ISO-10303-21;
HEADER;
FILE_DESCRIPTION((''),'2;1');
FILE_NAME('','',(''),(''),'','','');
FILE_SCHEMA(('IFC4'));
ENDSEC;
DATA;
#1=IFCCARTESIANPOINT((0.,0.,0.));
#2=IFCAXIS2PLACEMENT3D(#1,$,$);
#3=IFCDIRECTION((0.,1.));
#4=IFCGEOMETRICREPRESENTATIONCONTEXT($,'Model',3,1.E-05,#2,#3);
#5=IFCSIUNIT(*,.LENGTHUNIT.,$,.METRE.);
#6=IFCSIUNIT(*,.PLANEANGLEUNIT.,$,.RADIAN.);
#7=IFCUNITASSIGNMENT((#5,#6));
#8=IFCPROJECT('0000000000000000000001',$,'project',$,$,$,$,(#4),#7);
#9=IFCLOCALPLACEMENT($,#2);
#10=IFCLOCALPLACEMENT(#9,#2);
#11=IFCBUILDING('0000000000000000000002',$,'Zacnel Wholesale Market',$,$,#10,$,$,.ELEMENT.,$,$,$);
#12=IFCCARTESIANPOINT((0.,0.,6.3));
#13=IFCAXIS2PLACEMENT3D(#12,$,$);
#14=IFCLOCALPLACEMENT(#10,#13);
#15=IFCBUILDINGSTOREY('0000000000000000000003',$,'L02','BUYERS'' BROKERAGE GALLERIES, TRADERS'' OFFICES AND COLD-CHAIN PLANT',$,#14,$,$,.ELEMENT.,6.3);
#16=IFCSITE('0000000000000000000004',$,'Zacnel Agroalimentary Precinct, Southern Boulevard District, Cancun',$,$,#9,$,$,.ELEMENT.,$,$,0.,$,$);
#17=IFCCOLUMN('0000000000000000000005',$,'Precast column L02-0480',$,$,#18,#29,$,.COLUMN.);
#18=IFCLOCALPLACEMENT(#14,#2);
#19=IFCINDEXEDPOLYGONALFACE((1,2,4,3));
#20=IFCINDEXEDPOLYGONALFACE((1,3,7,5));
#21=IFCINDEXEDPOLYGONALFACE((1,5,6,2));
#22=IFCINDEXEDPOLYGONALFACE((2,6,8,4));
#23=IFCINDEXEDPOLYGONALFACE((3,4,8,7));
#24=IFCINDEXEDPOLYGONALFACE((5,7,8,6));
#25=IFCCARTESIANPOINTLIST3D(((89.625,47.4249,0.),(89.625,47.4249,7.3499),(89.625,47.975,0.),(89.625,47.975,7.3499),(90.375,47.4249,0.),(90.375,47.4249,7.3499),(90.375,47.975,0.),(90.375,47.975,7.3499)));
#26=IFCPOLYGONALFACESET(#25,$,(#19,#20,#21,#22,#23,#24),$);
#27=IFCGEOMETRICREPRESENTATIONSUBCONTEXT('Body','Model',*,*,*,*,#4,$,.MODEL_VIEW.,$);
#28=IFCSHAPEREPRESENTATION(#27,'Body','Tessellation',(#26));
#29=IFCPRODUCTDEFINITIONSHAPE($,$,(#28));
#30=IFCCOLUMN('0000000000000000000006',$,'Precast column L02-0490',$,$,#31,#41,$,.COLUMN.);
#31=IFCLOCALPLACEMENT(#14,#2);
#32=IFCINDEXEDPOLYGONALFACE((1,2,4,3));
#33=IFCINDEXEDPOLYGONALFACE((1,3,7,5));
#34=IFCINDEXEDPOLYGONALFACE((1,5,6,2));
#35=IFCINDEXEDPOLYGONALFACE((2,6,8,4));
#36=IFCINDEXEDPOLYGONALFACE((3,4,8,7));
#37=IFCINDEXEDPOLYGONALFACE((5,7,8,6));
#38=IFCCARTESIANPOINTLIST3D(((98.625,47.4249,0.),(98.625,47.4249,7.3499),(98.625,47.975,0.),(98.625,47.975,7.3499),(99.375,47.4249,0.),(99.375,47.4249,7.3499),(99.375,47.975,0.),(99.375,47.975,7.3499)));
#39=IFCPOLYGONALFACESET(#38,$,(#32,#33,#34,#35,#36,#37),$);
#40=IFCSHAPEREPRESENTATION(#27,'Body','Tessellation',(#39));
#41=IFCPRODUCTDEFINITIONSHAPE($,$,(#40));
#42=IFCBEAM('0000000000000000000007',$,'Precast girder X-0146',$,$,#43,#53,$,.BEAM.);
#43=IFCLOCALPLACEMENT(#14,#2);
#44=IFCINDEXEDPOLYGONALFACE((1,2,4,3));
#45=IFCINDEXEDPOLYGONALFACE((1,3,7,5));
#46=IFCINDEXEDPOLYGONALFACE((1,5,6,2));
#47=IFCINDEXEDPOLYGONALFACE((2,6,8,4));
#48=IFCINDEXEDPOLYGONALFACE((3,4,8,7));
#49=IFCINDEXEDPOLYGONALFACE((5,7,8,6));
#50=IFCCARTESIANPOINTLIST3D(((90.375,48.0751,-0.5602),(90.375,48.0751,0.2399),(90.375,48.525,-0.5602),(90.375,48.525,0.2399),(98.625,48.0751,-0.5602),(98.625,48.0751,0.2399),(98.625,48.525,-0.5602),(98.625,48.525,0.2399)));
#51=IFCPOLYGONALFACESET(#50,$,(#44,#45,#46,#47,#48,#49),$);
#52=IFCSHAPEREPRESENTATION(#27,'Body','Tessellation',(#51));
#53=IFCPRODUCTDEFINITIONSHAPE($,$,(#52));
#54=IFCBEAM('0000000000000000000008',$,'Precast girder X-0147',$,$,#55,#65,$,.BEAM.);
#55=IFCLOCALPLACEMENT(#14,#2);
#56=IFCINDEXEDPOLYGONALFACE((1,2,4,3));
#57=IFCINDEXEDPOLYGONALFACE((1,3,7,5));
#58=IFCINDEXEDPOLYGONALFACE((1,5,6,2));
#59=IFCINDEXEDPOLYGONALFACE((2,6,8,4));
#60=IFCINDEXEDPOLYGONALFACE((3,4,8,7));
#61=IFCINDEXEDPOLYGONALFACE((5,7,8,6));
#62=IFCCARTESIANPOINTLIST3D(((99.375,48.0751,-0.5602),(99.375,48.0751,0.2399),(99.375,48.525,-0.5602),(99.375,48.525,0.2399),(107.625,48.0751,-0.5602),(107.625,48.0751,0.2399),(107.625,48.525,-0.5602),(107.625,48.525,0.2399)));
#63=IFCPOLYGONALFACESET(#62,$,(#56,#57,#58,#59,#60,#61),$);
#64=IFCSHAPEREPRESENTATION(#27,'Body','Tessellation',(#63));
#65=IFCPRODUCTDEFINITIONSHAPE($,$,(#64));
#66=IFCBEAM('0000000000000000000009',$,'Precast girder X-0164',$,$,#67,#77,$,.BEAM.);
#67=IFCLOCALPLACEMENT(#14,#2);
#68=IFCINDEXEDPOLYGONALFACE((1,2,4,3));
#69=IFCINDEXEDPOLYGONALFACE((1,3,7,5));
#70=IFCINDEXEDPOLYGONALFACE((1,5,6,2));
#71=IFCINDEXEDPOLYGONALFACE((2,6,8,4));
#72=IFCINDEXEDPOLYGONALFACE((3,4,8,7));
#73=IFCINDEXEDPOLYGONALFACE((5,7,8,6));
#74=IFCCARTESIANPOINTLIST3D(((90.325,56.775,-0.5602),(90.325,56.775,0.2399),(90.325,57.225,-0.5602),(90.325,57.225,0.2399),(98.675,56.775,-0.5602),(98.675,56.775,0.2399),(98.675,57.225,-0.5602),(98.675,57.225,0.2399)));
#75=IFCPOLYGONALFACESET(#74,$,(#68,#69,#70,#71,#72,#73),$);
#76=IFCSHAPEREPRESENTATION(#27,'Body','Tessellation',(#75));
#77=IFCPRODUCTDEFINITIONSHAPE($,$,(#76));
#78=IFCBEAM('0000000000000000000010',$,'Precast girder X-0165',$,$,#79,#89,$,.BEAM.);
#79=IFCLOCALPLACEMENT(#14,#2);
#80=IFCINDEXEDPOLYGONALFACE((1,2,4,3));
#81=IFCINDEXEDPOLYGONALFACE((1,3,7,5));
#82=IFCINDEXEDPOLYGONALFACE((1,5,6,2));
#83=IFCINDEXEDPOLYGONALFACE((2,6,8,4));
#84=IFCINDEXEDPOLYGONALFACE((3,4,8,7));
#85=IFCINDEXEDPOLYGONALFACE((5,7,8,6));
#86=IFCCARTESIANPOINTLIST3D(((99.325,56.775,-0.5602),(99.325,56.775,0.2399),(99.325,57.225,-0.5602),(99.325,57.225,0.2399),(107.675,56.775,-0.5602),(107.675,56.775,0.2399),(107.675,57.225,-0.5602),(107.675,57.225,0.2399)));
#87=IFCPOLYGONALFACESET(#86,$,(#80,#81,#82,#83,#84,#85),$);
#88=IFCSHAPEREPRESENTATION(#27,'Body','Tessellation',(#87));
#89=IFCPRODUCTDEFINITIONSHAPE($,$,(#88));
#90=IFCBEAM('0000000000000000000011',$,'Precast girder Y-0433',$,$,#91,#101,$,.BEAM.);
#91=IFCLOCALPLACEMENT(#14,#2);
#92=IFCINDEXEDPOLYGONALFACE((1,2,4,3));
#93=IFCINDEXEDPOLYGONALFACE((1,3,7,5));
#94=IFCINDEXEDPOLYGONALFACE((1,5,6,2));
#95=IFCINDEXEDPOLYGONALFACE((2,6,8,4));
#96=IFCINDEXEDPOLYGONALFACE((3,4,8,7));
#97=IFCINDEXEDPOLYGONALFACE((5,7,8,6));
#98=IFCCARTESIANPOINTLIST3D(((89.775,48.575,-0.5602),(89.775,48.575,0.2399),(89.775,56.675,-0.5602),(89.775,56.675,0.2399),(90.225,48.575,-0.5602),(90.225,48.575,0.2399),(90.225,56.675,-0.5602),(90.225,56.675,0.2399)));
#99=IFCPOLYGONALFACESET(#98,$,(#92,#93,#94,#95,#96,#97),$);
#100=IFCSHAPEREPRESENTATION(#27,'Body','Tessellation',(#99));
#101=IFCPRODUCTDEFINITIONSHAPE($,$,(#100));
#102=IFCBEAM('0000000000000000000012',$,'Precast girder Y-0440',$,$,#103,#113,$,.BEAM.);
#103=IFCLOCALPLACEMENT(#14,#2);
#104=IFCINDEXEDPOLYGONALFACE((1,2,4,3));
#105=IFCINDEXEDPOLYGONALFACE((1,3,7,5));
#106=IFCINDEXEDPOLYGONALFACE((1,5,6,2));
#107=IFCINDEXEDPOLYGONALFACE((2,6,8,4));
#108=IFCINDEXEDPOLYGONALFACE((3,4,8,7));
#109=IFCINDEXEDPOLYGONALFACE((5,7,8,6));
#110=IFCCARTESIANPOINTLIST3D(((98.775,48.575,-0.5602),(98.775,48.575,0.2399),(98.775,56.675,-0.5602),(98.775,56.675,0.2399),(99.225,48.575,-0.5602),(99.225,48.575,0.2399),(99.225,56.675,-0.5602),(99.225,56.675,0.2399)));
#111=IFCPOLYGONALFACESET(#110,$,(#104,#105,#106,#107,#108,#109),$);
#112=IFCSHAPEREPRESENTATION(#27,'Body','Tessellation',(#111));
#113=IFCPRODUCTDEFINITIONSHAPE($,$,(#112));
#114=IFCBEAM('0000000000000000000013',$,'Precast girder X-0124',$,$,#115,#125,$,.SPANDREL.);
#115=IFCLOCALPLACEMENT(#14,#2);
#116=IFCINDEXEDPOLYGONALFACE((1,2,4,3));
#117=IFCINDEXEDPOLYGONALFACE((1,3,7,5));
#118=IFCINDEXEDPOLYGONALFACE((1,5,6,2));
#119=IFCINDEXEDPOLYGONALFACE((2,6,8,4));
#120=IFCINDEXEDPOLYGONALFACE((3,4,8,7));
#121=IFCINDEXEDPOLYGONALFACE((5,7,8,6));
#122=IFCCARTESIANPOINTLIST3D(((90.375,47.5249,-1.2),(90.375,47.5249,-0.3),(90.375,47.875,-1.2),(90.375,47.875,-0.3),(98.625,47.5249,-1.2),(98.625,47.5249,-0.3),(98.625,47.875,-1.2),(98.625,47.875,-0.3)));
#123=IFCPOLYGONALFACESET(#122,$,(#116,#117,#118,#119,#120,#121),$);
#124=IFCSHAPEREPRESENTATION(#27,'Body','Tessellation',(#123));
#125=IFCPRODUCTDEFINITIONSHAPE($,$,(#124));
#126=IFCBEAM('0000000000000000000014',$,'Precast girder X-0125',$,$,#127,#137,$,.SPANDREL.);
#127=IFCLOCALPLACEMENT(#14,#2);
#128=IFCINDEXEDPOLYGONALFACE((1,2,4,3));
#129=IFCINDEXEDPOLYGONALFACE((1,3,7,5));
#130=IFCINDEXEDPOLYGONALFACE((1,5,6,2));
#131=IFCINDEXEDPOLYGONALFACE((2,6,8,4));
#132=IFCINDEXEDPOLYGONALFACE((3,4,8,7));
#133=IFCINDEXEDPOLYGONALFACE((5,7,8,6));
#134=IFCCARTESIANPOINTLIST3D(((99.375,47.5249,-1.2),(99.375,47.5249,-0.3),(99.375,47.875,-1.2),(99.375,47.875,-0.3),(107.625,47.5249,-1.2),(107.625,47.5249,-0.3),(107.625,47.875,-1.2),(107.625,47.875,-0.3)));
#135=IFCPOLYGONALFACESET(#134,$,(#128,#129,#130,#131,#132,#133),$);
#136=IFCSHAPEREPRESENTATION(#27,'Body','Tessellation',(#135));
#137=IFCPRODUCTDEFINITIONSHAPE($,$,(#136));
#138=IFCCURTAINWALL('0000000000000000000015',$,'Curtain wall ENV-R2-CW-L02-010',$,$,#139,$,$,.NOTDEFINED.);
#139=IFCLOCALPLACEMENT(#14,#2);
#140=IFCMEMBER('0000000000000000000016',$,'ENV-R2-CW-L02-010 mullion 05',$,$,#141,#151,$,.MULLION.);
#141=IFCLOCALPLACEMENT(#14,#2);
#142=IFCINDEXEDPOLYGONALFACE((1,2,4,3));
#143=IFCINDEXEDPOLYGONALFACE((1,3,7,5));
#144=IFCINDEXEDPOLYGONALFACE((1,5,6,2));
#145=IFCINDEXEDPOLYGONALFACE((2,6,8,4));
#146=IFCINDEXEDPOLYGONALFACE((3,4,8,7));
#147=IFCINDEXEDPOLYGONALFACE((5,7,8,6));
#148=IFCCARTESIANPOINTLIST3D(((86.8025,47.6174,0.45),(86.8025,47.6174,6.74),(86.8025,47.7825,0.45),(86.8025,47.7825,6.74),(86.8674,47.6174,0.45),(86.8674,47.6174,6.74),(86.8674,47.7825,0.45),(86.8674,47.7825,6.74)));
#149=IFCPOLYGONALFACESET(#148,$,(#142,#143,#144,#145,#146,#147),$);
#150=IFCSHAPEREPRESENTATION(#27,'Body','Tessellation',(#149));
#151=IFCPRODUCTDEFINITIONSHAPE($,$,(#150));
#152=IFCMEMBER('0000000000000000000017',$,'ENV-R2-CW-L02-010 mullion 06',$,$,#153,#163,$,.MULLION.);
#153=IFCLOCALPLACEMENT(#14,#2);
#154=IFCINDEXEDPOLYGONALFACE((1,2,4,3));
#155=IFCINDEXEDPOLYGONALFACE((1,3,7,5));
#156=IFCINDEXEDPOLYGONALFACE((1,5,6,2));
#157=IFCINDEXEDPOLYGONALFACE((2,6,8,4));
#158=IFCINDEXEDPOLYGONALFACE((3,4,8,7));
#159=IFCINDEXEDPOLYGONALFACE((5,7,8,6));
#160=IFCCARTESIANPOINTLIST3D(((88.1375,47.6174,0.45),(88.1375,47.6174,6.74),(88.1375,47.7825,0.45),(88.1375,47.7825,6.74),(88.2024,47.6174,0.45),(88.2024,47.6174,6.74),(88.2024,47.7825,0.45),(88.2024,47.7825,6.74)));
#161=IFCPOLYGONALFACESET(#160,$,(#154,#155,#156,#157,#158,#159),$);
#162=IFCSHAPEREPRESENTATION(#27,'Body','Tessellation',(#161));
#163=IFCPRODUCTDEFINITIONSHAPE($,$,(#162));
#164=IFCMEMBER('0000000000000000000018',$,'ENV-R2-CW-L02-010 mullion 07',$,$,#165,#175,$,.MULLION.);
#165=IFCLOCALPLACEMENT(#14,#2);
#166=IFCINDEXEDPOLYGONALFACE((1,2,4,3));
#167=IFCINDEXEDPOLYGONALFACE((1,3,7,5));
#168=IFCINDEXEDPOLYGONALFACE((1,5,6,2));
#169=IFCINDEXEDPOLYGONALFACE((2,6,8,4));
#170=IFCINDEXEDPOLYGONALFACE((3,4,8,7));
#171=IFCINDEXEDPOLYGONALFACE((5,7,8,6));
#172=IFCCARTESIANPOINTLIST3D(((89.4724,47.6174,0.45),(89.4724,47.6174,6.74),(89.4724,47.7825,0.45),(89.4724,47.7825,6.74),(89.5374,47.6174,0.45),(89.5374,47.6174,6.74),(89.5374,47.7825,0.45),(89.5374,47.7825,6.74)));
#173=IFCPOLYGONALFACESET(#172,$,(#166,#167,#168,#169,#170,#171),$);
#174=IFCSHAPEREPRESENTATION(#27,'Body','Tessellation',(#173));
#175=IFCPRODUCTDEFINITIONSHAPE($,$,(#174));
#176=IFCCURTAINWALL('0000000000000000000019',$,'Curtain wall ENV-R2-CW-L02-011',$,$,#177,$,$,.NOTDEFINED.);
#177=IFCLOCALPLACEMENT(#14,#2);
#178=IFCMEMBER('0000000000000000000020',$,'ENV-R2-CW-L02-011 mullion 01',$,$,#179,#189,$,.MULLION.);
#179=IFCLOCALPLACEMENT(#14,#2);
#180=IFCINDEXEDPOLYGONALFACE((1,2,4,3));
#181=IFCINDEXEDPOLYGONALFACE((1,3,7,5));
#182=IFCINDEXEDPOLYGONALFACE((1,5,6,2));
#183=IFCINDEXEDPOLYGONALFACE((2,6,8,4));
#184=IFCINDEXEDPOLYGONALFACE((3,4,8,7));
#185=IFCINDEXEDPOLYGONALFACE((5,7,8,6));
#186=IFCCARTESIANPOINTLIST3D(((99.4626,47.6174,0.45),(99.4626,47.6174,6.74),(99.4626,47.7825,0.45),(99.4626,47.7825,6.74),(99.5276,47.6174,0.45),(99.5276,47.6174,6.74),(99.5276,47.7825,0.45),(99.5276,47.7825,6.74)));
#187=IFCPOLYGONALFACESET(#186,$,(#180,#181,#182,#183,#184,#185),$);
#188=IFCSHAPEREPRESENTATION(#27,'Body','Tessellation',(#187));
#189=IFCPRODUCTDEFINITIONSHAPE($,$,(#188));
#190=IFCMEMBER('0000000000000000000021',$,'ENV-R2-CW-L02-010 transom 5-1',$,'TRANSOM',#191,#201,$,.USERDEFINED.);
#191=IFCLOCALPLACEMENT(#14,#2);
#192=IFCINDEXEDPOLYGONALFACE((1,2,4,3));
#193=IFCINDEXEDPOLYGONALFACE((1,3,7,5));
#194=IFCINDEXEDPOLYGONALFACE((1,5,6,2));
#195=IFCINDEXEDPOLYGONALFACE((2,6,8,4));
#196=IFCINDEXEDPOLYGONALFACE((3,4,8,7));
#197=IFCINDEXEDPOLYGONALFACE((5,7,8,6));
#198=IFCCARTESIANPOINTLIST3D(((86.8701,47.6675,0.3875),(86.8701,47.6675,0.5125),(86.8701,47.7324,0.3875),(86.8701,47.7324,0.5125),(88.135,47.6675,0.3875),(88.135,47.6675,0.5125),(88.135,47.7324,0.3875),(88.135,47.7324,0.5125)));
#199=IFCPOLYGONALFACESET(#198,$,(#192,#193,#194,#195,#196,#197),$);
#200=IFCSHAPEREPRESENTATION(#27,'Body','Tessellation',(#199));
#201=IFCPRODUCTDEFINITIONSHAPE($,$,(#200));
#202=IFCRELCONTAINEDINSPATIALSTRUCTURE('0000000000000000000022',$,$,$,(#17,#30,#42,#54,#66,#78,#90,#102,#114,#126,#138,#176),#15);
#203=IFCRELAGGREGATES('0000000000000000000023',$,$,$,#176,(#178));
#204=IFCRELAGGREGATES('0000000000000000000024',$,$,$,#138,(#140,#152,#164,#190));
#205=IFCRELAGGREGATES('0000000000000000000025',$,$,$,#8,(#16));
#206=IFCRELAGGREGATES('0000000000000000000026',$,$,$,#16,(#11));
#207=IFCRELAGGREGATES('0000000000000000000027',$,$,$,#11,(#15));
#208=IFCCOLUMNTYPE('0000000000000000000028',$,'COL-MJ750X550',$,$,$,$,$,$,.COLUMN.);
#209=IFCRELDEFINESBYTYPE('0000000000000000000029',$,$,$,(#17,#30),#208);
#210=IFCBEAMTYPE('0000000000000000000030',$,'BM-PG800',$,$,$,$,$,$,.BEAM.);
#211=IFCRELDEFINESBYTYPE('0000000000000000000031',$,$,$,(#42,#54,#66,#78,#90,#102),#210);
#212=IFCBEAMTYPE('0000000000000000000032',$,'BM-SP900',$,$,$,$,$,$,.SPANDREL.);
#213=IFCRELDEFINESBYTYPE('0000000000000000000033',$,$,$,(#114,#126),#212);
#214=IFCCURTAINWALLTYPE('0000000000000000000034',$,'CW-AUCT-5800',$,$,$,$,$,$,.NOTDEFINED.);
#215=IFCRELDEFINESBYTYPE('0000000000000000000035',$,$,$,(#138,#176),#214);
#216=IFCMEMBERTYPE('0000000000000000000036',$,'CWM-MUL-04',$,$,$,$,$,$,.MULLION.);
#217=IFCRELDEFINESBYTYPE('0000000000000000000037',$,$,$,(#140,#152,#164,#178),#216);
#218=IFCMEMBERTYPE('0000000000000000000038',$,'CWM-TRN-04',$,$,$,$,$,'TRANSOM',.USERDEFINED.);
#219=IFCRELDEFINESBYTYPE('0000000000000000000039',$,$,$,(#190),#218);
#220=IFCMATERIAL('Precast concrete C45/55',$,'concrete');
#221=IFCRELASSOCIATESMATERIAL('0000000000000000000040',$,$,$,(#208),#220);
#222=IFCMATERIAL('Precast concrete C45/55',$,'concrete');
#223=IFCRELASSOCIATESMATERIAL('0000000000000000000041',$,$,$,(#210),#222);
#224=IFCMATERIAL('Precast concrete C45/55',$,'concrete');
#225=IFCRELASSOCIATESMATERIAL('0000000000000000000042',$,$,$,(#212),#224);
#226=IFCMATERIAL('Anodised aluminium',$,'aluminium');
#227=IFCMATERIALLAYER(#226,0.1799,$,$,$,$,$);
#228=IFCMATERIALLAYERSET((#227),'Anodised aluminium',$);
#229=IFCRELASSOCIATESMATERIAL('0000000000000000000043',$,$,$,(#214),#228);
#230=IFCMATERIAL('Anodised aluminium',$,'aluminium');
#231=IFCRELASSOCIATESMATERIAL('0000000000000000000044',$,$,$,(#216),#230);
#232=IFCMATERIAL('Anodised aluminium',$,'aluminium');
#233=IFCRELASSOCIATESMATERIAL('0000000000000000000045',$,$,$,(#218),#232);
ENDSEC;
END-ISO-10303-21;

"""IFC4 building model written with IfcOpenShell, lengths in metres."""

from ifc_helpers import new_model, si_unit, direction, frame, origin, origin_2d, place, context, subcontext, project, spatial, rectangle, extrude, material, layer, layer_set, material_profile, profile_set, type_object, element, aggregate, save


model = new_model("IFC4")

# Units and contexts
model_context = context("Model", 3, precision=1e-05, world=origin(), true_north=direction((0.0, 1.0)))
body_context = subcontext(model_context, "Body", "Model", "MODEL_VIEW")
ifc_project = project(units=[si_unit("LENGTHUNIT", "METRE"), si_unit("PLANEANGLEUNIT", "RADIAN")], contexts=[model_context])

# Site, building, storey
site_placement = place(None, origin())
site = spatial("IfcSite", under=ifc_project, at=site_placement, Name="Zacnel Agroalimentary Precinct, Southern Boulevard District, Cancun", CompositionType="ELEMENT", RefElevation=0.0)
building_placement = place(site_placement, origin())
building = spatial("IfcBuilding", under=site, at=building_placement, Name="Zacnel Wholesale Market", CompositionType="ELEMENT")
storey_placement = place(building_placement, frame((0.0, 0.0, 6.3)))
storey = spatial("IfcBuildingStorey", under=building, at=storey_placement, Name="L02", Description="BUYERS' BROKERAGE GALLERIES, TRADERS' OFFICES AND COLD-CHAIN PLANT", CompositionType="ELEMENT", Elevation=6.3)

# Columns
ifc_material_1 = material(Name="Precast concrete C45/55", Category="concrete")
ifc_material_profile_1 = material_profile(ifc_material_1, rectangle(XDim=0.75, YDim=0.55, at=origin_2d()), Name="PC 750x550")
ifc_profile_set_1 = profile_set([ifc_material_profile_1], Name="Precast concrete C45/55")
column_type = type_object("IfcColumnType", Name="COL-MJ750X550", PredefinedType="COLUMN", material=ifc_profile_set_1)
for number, where, z_axis, x_axis, name in (
    (1, (90.0, 47.7, 0.0), (0.0, 0.0, 1.0), (1.0, 0.0, 0.0), "Precast column L02-0480"),
    (2, (99.0, 47.7, 0.0), (0.0, 0.0, 1.0), (1.0, 0.0, 0.0), "Precast column L02-0490"),
):
    element("IfcColumn", number, at=place(storey_placement, frame(where, z_axis=z_axis, x_axis=x_axis)), inside=storey, type_object=column_type, Name=name, PredefinedType="COLUMN", context=body_context, shape_type="SweptSolid", body=[
        extrude(rectangle(XDim=0.75, YDim=0.55, at=origin_2d()), origin(), (0.0, 0.0, 1.0), 7.3499),
    ])

# Beams
ifc_material_2 = material(Name="Precast concrete C45/55", Category="concrete")
ifc_material_profile_2 = material_profile(ifc_material_2, rectangle(XDim=0.45, YDim=0.8, at=origin_2d()), Name="PG 450x800")
ifc_profile_set_2 = profile_set([ifc_material_profile_2], Name="Precast concrete C45/55")
beam_type_1 = type_object("IfcBeamType", Name="BM-PG800", PredefinedType="BEAM", material=ifc_profile_set_2)
for number, where, z_axis, x_axis, name in (
    (3, (90.375, 48.3, -0.1602), (1.0, 0.0, 0.0), (0.0, 1.0, 0.0), "Precast girder X-0146"),
    (4, (99.375, 48.3, -0.1602), (1.0, 0.0, 0.0), (0.0, 1.0, 0.0), "Precast girder X-0147"),
):
    element("IfcBeam", number, at=place(storey_placement, frame(where, z_axis=z_axis, x_axis=x_axis)), inside=storey, type_object=beam_type_1, Name=name, PredefinedType="BEAM", context=body_context, shape_type="SweptSolid", body=[
        extrude(rectangle(XDim=0.45, YDim=0.8, at=origin_2d()), origin(), (0.0, 0.0, 1.0), 8.25),
    ])
for number, where, z_axis, x_axis, name in (
    (5, (90.325, 57.0, -0.1602), (1.0, 0.0, 0.0), (0.0, 1.0, 0.0), "Precast girder X-0164"),
    (6, (99.325, 57.0, -0.1602), (1.0, 0.0, 0.0), (0.0, 1.0, 0.0), "Precast girder X-0165"),
):
    element("IfcBeam", number, at=place(storey_placement, frame(where, z_axis=z_axis, x_axis=x_axis)), inside=storey, type_object=beam_type_1, Name=name, PredefinedType="BEAM", context=body_context, shape_type="SweptSolid", body=[
        extrude(rectangle(XDim=0.45, YDim=0.8, at=origin_2d()), origin(), (0.0, 0.0, 1.0), 8.3501),
    ])
for number, where, z_axis, x_axis, name in (
    (7, (90.0, 48.575, -0.1602), (0.0, 1.0, 0.0), (-1.0, 0.0, 0.0), "Precast girder Y-0433"),
    (8, (99.0, 48.575, -0.1602), (0.0, 1.0, 0.0), (-1.0, 0.0, 0.0), "Precast girder Y-0440"),
):
    element("IfcBeam", number, at=place(storey_placement, frame(where, z_axis=z_axis, x_axis=x_axis)), inside=storey, type_object=beam_type_1, Name=name, PredefinedType="BEAM", context=body_context, shape_type="SweptSolid", body=[
        extrude(rectangle(XDim=0.45, YDim=0.8, at=origin_2d()), origin(), (0.0, 0.0, 1.0), 8.1001),
    ])
ifc_material_3 = material(Name="Precast concrete C45/55", Category="concrete")
ifc_material_profile_3 = material_profile(ifc_material_3, rectangle(XDim=0.3501, YDim=0.8999, at=origin_2d()), Name="SP 350x900")
ifc_profile_set_3 = profile_set([ifc_material_profile_3], Name="Precast concrete C45/55")
beam_type_2 = type_object("IfcBeamType", Name="BM-SP900", PredefinedType="SPANDREL", material=ifc_profile_set_3)
for number, where, z_axis, x_axis, name in (
    (9, (90.375, 47.7, -0.75), (1.0, 0.0, 0.0), (0.0, 1.0, 0.0), "Precast girder X-0124"),
    (10, (99.375, 47.7, -0.75), (1.0, 0.0, 0.0), (0.0, 1.0, 0.0), "Precast girder X-0125"),
):
    element("IfcBeam", number, at=place(storey_placement, frame(where, z_axis=z_axis, x_axis=x_axis)), inside=storey, type_object=beam_type_2, Name=name, PredefinedType="SPANDREL", context=body_context, shape_type="SweptSolid", body=[
        extrude(rectangle(XDim=0.3501, YDim=0.8999, at=origin_2d()), origin(), (0.0, 0.0, 1.0), 8.25),
    ])

# Curtain wall, members
ifc_material_4 = material(Name="Anodised aluminium", Category="aluminium")
ifc_layer_1 = layer(ifc_material_4, 0.1799)
ifc_layer_set_1 = layer_set([ifc_layer_1], Name="Anodised aluminium")
curtain_wall_type = type_object("IfcCurtainWallType", Name="CW-AUCT-5800", PredefinedType="NOTDEFINED", material=ifc_layer_set_1)
curtain_wall_1_placement = place(storey_placement, origin())
curtain_wall_1 = element("IfcCurtainWall", 11, at=curtain_wall_1_placement, inside=storey, type_object=curtain_wall_type, Name="Curtain wall ENV-R2-CW-L02-010", PredefinedType="NOTDEFINED")
ifc_material_5 = material(Name="Anodised aluminium", Category="aluminium")
ifc_material_profile_4 = material_profile(ifc_material_5, rectangle(XDim=0.0649, YDim=0.165, at=origin_2d()), Name="AW-MULLION 65x165")
ifc_profile_set_4 = profile_set([ifc_material_profile_4], Name="Anodised aluminium")
member_type_1 = type_object("IfcMemberType", Name="CWM-MUL-04", PredefinedType="MULLION", material=ifc_profile_set_4)
member_1_placement = place(storey_placement, frame((86.835, 47.7, 0.45), z_axis=(0.0, 0.0, 1.0), x_axis=(1.0, 0.0, 0.0)))
member_1 = element("IfcMember", 12, at=member_1_placement, type_object=member_type_1, Name="ENV-R2-CW-L02-010 mullion 05", PredefinedType="MULLION", context=body_context, shape_type="SweptSolid", body=[
    extrude(rectangle(XDim=0.0649, YDim=0.165, at=origin_2d()), origin(), (0.0, 0.0, 1.0), 6.29),
])
member_2_placement = place(storey_placement, frame((88.1699, 47.7, 0.45), z_axis=(0.0, 0.0, 1.0), x_axis=(1.0, 0.0, 0.0)))
member_2 = element("IfcMember", 13, at=member_2_placement, type_object=member_type_1, Name="ENV-R2-CW-L02-010 mullion 06", PredefinedType="MULLION", context=body_context, shape_type="SweptSolid", body=[
    extrude(rectangle(XDim=0.0649, YDim=0.165, at=origin_2d()), origin(), (0.0, 0.0, 1.0), 6.29),
])
member_3_placement = place(storey_placement, frame((89.5049, 47.7, 0.45), z_axis=(0.0, 0.0, 1.0), x_axis=(1.0, 0.0, 0.0)))
member_3 = element("IfcMember", 14, at=member_3_placement, type_object=member_type_1, Name="ENV-R2-CW-L02-010 mullion 07", PredefinedType="MULLION", context=body_context, shape_type="SweptSolid", body=[
    extrude(rectangle(XDim=0.0649, YDim=0.165, at=origin_2d()), origin(), (0.0, 0.0, 1.0), 6.29),
])

# Curtain wall, member
curtain_wall_2_placement = place(storey_placement, origin())
curtain_wall_2 = element("IfcCurtainWall", 15, at=curtain_wall_2_placement, inside=storey, type_object=curtain_wall_type, Name="Curtain wall ENV-R2-CW-L02-011", PredefinedType="NOTDEFINED")
member_4_placement = place(storey_placement, frame((99.4951, 47.7, 0.45), z_axis=(0.0, 0.0, 1.0), x_axis=(1.0, 0.0, 0.0)))
member_4 = element("IfcMember", 16, at=member_4_placement, type_object=member_type_1, Name="ENV-R2-CW-L02-011 mullion 01", PredefinedType="MULLION", context=body_context, shape_type="SweptSolid", body=[
    extrude(rectangle(XDim=0.0649, YDim=0.165, at=origin_2d()), origin(), (0.0, 0.0, 1.0), 6.29),
])
aggregate(curtain_wall_2, [member_4])

# Member
ifc_material_6 = material(Name="Anodised aluminium", Category="aluminium")
ifc_material_profile_5 = material_profile(ifc_material_6, rectangle(XDim=0.0649, YDim=0.125, at=origin_2d()), Name="AW-TRANSOM 65x125")
ifc_profile_set_5 = profile_set([ifc_material_profile_5], Name="Anodised aluminium")
member_type_2 = type_object("IfcMemberType", Name="CWM-TRN-04", ElementType="TRANSOM", PredefinedType="USERDEFINED", material=ifc_profile_set_5)
member_5_placement = place(storey_placement, frame((86.8701, 47.7, 0.45), z_axis=(1.0, 0.0, 0.0), x_axis=(0.0, 1.0, 0.0)))
member_5 = element("IfcMember", 17, at=member_5_placement, type_object=member_type_2, Name="ENV-R2-CW-L02-010 transom 5-1", ObjectType="TRANSOM", PredefinedType="USERDEFINED", context=body_context, shape_type="SweptSolid", body=[
    extrude(rectangle(XDim=0.0649, YDim=0.125, at=origin_2d()), origin(), (0.0, 0.0, 1.0), 1.2649),
])

aggregate(curtain_wall_1, [member_1, member_2, member_3, member_5])

save(model, "model.ifc")
